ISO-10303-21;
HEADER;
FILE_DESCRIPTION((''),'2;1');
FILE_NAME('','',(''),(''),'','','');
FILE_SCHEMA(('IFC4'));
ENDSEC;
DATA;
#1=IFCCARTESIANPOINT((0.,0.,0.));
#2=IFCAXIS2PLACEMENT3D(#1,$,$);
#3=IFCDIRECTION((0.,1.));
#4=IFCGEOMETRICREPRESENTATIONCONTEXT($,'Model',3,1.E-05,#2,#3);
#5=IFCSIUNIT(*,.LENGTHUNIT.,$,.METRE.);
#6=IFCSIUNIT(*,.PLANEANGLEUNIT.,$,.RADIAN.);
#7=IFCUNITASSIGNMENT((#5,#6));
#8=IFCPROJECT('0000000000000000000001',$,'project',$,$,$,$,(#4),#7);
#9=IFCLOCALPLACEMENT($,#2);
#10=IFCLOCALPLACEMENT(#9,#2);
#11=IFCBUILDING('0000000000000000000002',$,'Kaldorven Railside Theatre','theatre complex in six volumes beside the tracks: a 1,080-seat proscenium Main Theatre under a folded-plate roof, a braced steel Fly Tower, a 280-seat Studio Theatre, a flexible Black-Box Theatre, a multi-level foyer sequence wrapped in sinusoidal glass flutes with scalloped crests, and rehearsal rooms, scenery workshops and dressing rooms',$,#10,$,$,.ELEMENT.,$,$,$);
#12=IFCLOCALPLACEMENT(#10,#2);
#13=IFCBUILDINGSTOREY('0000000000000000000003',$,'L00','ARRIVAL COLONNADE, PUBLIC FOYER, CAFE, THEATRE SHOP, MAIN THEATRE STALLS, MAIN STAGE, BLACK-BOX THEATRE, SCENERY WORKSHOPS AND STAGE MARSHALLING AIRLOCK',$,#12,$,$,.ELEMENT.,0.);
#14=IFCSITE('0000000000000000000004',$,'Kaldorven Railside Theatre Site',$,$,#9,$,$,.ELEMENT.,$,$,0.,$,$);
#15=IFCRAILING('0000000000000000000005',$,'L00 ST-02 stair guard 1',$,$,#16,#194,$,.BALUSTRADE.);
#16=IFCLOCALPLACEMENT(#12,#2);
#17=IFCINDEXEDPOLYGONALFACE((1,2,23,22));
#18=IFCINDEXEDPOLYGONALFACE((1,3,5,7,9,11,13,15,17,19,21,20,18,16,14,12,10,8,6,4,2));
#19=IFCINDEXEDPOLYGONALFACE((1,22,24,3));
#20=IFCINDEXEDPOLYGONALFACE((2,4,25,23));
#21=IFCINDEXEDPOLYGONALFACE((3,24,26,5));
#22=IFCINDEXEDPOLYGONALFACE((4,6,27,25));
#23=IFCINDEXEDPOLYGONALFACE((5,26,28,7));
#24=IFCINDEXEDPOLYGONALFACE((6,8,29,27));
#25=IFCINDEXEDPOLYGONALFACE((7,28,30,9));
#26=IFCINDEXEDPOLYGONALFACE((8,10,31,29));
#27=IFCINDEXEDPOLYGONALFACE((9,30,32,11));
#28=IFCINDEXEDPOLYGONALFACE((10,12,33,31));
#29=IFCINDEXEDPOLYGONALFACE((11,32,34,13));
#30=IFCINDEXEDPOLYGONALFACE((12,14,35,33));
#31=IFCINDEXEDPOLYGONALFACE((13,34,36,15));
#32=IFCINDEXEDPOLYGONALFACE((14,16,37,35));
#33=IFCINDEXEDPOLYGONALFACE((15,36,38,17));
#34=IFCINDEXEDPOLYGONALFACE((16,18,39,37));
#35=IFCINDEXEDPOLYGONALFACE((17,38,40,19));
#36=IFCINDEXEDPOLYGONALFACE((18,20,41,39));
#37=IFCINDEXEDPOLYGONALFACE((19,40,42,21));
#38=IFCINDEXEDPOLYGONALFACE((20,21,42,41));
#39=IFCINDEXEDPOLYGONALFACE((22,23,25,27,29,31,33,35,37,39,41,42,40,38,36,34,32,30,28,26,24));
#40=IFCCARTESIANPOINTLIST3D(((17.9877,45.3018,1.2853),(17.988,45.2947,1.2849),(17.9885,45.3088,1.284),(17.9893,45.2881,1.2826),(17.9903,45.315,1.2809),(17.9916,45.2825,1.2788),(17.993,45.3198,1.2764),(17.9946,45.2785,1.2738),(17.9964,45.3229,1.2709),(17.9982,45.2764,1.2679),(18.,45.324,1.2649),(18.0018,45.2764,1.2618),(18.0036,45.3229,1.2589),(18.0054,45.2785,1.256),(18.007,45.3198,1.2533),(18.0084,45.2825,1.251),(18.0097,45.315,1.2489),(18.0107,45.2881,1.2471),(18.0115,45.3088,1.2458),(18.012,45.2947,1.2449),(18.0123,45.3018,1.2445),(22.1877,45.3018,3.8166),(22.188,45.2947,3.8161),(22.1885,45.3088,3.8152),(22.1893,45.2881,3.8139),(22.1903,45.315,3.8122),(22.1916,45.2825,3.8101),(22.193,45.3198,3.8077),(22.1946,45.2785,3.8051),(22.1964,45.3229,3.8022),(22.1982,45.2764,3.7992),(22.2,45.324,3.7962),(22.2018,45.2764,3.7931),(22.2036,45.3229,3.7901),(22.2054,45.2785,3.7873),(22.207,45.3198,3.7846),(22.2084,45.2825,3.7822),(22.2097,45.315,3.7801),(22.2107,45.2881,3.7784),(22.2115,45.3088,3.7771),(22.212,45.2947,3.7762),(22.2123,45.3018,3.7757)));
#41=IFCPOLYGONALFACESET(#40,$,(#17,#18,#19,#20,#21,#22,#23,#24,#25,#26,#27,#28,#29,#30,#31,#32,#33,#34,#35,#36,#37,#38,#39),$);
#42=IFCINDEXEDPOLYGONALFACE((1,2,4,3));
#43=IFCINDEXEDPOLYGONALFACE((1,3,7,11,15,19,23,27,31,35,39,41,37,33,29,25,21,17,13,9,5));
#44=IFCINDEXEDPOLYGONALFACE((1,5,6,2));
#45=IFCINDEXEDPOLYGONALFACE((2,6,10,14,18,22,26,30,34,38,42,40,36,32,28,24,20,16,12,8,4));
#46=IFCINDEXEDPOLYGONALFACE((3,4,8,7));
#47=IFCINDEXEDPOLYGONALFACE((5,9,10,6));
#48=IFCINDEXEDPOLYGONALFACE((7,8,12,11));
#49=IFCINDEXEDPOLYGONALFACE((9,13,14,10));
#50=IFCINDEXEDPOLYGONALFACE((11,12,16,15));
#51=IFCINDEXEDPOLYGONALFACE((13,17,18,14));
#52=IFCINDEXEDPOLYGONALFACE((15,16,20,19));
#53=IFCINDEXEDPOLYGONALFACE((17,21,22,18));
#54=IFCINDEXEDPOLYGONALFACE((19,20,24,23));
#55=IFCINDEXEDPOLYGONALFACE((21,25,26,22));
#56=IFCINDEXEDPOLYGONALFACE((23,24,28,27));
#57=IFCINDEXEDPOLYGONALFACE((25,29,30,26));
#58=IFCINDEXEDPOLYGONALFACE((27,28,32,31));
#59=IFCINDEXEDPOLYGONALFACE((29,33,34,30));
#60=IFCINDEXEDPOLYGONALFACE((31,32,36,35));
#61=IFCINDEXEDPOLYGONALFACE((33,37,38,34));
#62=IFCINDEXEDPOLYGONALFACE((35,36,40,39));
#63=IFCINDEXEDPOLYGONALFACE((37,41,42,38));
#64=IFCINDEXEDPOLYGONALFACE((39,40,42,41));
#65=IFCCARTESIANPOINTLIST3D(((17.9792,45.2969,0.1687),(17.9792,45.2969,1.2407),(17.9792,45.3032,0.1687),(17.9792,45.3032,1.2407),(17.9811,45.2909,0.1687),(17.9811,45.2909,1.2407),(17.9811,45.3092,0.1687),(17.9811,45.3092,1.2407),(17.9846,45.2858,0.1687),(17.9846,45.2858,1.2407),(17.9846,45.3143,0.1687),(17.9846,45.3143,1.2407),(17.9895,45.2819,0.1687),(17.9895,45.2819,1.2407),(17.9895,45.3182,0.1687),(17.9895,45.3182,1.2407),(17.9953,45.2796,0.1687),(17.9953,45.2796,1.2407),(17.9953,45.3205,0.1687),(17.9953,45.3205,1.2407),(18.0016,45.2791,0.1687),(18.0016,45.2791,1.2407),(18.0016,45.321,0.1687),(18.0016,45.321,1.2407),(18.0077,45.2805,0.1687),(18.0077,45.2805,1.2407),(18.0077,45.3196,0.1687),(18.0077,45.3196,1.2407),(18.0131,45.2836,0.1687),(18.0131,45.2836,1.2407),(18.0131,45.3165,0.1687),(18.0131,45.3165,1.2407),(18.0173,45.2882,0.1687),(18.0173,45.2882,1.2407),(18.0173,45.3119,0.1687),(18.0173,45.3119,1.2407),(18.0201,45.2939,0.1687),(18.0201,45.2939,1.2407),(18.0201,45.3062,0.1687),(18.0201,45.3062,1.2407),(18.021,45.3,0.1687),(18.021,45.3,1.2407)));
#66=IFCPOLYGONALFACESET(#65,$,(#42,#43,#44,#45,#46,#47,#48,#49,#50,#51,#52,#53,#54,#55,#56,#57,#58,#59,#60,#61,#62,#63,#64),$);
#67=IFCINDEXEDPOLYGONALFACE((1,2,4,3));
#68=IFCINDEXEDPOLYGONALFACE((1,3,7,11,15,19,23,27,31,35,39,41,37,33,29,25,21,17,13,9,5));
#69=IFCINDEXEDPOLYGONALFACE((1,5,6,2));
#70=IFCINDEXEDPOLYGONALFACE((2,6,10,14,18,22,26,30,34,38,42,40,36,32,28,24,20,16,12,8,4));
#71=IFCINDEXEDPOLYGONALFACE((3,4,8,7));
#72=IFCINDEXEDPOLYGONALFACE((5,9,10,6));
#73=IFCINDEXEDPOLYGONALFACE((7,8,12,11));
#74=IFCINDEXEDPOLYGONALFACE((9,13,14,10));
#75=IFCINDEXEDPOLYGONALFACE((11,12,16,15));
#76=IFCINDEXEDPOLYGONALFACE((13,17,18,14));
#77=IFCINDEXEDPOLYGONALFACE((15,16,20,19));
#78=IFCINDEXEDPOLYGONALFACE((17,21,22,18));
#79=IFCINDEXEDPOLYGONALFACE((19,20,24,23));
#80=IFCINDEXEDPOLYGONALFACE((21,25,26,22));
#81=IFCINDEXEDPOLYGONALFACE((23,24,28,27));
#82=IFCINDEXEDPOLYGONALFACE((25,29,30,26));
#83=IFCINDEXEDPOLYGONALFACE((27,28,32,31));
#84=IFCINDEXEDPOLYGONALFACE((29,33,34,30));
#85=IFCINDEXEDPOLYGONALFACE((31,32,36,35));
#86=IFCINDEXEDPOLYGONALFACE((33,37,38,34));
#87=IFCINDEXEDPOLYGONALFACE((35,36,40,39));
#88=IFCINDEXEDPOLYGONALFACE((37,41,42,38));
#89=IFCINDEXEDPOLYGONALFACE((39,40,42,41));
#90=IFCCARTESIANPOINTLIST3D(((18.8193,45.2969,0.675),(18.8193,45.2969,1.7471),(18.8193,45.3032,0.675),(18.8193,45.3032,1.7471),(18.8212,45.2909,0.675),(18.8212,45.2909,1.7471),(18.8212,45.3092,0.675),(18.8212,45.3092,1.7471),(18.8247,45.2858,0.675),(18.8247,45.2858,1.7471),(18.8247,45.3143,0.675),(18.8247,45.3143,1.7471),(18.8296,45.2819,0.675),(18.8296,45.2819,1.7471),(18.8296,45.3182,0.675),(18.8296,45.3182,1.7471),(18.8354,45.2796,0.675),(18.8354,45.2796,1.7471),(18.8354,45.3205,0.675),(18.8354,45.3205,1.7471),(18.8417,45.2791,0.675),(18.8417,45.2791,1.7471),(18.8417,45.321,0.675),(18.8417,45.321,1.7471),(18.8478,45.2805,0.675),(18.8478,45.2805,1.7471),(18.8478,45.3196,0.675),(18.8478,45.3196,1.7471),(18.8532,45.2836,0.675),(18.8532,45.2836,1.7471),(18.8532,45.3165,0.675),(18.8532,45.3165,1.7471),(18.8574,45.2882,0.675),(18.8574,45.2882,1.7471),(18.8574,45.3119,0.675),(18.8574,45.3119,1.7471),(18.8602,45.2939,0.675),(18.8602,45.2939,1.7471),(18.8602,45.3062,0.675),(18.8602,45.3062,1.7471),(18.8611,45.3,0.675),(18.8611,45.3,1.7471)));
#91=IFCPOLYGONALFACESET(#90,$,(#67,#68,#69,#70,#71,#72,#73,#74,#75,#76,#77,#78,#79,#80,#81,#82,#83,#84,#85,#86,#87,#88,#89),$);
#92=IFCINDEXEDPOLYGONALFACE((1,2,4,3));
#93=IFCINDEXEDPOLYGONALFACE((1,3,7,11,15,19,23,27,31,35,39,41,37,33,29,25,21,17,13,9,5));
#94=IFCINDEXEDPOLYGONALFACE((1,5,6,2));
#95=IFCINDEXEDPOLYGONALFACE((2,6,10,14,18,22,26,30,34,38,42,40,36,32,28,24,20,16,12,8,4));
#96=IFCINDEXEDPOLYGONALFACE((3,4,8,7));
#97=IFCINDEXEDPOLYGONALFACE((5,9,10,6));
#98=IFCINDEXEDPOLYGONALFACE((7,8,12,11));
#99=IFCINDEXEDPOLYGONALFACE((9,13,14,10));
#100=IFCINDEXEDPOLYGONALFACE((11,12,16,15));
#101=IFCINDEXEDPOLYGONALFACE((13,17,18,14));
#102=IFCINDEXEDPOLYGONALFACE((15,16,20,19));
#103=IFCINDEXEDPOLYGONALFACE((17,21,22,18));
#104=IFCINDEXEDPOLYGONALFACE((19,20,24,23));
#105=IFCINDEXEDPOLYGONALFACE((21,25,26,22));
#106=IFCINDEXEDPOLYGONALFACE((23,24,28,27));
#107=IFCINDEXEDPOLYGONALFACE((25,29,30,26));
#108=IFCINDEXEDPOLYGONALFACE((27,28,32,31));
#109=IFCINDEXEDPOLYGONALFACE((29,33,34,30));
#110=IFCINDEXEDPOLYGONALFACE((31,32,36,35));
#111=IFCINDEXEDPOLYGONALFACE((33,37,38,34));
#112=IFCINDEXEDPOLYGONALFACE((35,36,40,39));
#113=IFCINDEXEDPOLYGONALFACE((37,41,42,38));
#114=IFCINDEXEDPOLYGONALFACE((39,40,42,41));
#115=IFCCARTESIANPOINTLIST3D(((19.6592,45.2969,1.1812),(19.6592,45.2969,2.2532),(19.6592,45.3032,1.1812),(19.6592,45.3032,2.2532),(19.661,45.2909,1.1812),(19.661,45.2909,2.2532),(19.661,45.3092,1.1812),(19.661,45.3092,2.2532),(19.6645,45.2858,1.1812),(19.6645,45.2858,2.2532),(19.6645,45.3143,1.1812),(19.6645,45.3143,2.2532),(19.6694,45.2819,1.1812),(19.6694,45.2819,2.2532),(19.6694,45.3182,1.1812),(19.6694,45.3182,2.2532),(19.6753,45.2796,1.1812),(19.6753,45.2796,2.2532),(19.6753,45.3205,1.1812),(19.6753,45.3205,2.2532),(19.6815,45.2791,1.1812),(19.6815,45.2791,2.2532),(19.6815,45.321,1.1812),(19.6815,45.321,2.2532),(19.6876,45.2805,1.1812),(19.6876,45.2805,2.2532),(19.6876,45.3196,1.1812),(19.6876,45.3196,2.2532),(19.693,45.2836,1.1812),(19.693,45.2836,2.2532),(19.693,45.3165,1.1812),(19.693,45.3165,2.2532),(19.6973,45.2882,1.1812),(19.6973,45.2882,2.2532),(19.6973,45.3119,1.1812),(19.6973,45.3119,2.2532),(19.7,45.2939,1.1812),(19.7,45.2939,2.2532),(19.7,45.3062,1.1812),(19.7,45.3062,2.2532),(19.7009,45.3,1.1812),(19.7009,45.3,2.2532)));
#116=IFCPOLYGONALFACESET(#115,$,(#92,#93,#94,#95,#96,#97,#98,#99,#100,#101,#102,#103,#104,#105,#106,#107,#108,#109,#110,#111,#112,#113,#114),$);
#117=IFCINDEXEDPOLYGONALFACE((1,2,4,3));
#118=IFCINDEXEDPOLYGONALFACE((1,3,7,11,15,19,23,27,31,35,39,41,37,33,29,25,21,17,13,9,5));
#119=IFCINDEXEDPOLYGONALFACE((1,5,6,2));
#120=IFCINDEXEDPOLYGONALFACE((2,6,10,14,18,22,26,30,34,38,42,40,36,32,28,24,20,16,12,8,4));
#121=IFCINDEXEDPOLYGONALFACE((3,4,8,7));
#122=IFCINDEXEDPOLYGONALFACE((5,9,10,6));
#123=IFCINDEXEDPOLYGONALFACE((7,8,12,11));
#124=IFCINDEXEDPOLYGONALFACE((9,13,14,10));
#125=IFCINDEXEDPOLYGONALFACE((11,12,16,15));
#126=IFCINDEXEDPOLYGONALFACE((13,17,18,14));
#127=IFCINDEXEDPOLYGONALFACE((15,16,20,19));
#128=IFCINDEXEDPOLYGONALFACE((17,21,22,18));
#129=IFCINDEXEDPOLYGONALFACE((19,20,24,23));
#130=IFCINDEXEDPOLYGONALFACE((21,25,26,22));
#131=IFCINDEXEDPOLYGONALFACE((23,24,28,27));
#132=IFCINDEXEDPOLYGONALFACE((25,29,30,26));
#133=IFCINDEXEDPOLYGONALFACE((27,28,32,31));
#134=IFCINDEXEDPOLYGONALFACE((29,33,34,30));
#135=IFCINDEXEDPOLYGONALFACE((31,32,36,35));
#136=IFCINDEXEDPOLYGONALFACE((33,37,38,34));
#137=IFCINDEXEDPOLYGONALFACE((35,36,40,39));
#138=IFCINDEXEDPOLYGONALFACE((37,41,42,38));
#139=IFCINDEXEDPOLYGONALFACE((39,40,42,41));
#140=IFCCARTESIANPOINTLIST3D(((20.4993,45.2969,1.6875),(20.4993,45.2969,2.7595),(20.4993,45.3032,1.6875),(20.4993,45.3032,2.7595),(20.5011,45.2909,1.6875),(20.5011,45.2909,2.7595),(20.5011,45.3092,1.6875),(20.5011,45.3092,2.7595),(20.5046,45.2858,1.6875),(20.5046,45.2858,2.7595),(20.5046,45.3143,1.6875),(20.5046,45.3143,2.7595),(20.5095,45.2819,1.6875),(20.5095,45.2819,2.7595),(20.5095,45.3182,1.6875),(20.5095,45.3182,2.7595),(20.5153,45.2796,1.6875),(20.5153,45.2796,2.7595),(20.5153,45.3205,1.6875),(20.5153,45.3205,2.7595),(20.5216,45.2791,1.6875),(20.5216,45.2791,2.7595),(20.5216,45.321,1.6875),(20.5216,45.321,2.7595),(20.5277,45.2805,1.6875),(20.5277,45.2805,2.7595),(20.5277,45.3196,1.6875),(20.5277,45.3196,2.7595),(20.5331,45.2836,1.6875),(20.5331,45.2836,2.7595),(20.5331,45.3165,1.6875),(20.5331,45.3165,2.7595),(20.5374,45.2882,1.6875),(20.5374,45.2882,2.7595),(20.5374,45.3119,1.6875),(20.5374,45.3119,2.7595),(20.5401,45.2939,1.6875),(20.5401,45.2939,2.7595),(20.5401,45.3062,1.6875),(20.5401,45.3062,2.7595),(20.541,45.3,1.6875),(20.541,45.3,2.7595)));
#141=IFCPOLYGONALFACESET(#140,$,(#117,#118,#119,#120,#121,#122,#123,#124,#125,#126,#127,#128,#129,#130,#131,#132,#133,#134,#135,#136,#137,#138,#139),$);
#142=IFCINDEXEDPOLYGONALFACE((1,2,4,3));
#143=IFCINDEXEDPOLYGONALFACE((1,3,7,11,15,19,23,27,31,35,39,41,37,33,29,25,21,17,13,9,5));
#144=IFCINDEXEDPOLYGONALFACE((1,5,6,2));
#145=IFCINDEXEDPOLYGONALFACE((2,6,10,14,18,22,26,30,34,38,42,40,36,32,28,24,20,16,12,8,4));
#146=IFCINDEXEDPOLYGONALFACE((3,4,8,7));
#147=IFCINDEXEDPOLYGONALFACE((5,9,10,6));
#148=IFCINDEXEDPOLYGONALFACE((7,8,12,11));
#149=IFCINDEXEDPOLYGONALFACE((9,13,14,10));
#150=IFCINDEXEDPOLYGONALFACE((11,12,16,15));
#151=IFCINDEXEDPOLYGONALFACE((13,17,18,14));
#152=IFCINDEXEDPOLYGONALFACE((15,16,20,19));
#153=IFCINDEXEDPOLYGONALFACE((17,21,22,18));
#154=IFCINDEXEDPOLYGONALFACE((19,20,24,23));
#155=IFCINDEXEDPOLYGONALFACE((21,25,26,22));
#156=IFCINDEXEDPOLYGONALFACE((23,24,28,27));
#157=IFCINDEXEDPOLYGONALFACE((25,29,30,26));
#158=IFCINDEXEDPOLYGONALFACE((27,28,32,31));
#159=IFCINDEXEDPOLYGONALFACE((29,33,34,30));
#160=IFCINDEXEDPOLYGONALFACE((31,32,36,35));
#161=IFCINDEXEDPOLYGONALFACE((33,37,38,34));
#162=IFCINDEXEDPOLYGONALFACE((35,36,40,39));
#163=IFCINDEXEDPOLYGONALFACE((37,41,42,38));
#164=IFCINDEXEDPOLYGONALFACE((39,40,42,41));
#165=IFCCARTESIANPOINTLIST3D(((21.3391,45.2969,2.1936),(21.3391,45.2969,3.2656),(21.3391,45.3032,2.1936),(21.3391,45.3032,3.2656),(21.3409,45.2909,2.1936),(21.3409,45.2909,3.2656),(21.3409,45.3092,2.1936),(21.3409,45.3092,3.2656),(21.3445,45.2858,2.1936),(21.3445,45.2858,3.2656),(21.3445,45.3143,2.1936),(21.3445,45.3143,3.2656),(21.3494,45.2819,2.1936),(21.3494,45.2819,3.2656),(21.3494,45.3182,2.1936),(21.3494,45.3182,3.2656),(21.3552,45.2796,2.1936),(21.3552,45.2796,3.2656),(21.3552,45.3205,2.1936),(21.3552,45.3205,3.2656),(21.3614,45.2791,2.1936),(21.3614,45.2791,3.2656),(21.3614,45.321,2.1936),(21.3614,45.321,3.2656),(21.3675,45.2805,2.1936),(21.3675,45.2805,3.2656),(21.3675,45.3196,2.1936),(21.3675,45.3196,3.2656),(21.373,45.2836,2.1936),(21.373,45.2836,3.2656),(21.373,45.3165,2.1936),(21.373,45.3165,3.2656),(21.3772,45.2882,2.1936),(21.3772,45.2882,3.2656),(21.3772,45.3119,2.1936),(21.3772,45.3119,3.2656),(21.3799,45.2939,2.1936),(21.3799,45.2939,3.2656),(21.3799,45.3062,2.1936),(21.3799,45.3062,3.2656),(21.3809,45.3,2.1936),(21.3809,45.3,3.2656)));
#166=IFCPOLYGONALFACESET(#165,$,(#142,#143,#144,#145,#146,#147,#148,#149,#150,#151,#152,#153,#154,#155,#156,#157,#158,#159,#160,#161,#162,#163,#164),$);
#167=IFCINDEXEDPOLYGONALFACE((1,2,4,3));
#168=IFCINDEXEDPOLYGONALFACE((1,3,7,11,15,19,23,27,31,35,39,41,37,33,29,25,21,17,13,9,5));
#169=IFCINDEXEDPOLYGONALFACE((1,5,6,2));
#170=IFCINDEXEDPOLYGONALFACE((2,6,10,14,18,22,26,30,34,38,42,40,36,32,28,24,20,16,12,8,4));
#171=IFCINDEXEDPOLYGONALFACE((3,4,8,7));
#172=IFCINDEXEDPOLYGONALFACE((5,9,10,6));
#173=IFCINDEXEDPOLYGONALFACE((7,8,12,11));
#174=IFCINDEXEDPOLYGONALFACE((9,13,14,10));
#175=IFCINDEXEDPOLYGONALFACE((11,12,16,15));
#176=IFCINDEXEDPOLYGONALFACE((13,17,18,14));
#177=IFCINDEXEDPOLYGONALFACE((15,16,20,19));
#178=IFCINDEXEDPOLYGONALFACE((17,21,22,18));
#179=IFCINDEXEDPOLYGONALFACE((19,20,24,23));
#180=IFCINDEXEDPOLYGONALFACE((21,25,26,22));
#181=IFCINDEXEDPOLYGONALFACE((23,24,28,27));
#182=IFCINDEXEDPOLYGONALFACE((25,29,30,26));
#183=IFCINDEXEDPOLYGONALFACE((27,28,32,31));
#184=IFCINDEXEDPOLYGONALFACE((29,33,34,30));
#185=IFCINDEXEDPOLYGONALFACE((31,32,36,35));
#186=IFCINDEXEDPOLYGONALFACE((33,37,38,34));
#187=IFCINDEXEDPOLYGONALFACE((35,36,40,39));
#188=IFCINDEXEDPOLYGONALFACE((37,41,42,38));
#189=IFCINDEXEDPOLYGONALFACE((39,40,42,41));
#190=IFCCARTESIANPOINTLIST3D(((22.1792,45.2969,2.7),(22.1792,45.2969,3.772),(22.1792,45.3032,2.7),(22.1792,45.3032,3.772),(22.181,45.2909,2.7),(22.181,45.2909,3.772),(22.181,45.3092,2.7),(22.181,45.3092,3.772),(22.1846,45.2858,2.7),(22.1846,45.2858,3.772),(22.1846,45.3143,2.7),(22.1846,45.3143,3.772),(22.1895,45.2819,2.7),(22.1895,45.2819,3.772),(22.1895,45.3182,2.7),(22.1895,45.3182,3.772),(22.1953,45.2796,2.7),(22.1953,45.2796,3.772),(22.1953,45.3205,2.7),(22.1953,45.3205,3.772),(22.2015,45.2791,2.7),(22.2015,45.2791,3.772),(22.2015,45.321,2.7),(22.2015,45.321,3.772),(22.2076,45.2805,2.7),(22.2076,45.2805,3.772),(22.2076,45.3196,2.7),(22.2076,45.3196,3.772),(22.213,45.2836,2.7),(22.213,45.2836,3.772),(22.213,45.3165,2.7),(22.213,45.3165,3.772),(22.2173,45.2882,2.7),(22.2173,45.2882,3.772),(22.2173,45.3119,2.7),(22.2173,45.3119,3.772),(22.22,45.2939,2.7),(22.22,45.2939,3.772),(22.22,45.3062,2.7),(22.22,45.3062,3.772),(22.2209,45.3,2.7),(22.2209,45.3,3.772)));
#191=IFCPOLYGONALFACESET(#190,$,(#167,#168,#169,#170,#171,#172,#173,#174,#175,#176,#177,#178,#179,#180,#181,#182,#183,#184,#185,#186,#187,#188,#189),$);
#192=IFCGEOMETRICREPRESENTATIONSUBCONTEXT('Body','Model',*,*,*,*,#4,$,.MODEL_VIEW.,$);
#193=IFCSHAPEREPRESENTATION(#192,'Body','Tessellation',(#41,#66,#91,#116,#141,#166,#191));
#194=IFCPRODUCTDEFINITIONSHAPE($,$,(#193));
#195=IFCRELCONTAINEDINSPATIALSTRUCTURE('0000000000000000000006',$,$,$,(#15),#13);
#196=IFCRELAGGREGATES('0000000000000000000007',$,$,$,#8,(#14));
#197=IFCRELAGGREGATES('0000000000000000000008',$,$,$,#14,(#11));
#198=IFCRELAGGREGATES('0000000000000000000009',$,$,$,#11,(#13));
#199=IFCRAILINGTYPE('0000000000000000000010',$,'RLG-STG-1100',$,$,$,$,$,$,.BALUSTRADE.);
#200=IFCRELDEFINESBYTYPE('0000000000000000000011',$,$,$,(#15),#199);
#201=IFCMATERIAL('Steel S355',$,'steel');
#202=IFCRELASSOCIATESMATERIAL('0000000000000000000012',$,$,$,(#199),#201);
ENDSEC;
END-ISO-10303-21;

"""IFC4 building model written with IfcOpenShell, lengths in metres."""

from ifc_helpers import new_model, si_unit, direction, frame, origin, origin_2d, place, context, subcontext, project, spatial, circle, extrude, material, type_object, element, save


model = new_model("IFC4")

# Units and contexts
model_context = context("Model", 3, precision=1e-05, world=origin(), true_north=direction((0.0, 1.0)))
body_context = subcontext(model_context, "Body", "Model", "MODEL_VIEW")
ifc_project = project(units=[si_unit("LENGTHUNIT", "METRE"), si_unit("PLANEANGLEUNIT", "RADIAN")], contexts=[model_context])

# Site, building, storey
site_placement = place(None, origin())
site = spatial("IfcSite", under=ifc_project, at=site_placement, Name="Kaldorven Railside Theatre Site", CompositionType="ELEMENT", RefElevation=0.0)
building_placement = place(site_placement, origin())
building = spatial("IfcBuilding", under=site, at=building_placement, Name="Kaldorven Railside Theatre", Description="theatre complex in six volumes beside the tracks: a 1,080-seat proscenium Main Theatre under a folded-plate roof, a braced steel Fly Tower, a 280-seat Studio Theatre, a flexible Black-Box Theatre, a multi-level foyer sequence wrapped in sinusoidal glass flutes with scalloped crests, and rehearsal rooms, scenery workshops and dressing rooms", CompositionType="ELEMENT")
storey_placement = place(building_placement, origin())
storey = spatial("IfcBuildingStorey", under=building, at=storey_placement, Name="L00", Description="ARRIVAL COLONNADE, PUBLIC FOYER, CAFE, THEATRE SHOP, MAIN THEATRE STALLS, MAIN STAGE, BLACK-BOX THEATRE, SCENERY WORKSHOPS AND STAGE MARSHALLING AIRLOCK", CompositionType="ELEMENT", Elevation=0.0)

# Shared definitions
ifc_material_1 = material(Name="Steel S355", Category="steel")

# Railing
railing_type_1 = type_object("IfcRailingType", Name="RLG-STG-1100", PredefinedType="BALUSTRADE", material=ifc_material_1)
railing_1_placement = place(storey_placement, frame((18.0, 45.3, 0.1687)))
element("IfcRailing", 1, at=railing_1_placement, inside=storey, type_object=railing_type_1, Name="L00 ST-02 stair guard 1", PredefinedType="BALUSTRADE", context=body_context, shape_type="SweptSolid", body=[
    extrude(circle(Radius=0.0239, at=origin_2d()), frame((0.0, 0.0, 1.0962), z_axis=(0.856476, 0.0, 0.516186), x_axis=(0.0, 1.0, 0.0)), (0.0, 0.0, 1.0), 4.9038),
    extrude(circle(Radius=0.021, at=origin_2d()), origin(), (0.0, 0.0, 1.0), 1.072),
    extrude(circle(Radius=0.021, at=origin_2d()), frame((0.8401, 0.0, 0.5063)), (0.0, 0.0, 1.0), 1.072),
    extrude(circle(Radius=0.021, at=origin_2d()), frame((1.6799, 0.0, 1.0125)), (0.0, 0.0, 1.0), 1.072),
    extrude(circle(Radius=0.021, at=origin_2d()), frame((2.52, 0.0, 1.5188)), (0.0, 0.0, 1.0), 1.072),
    extrude(circle(Radius=0.021, at=origin_2d()), frame((3.3599, 0.0, 2.0249)), (0.0, 0.0, 1.0), 1.072),
    extrude(circle(Radius=0.021, at=origin_2d()), frame((4.2, 0.0, 2.5312)), (0.0, 0.0, 1.0), 1.072),
])

save(model, "model.ifc")
